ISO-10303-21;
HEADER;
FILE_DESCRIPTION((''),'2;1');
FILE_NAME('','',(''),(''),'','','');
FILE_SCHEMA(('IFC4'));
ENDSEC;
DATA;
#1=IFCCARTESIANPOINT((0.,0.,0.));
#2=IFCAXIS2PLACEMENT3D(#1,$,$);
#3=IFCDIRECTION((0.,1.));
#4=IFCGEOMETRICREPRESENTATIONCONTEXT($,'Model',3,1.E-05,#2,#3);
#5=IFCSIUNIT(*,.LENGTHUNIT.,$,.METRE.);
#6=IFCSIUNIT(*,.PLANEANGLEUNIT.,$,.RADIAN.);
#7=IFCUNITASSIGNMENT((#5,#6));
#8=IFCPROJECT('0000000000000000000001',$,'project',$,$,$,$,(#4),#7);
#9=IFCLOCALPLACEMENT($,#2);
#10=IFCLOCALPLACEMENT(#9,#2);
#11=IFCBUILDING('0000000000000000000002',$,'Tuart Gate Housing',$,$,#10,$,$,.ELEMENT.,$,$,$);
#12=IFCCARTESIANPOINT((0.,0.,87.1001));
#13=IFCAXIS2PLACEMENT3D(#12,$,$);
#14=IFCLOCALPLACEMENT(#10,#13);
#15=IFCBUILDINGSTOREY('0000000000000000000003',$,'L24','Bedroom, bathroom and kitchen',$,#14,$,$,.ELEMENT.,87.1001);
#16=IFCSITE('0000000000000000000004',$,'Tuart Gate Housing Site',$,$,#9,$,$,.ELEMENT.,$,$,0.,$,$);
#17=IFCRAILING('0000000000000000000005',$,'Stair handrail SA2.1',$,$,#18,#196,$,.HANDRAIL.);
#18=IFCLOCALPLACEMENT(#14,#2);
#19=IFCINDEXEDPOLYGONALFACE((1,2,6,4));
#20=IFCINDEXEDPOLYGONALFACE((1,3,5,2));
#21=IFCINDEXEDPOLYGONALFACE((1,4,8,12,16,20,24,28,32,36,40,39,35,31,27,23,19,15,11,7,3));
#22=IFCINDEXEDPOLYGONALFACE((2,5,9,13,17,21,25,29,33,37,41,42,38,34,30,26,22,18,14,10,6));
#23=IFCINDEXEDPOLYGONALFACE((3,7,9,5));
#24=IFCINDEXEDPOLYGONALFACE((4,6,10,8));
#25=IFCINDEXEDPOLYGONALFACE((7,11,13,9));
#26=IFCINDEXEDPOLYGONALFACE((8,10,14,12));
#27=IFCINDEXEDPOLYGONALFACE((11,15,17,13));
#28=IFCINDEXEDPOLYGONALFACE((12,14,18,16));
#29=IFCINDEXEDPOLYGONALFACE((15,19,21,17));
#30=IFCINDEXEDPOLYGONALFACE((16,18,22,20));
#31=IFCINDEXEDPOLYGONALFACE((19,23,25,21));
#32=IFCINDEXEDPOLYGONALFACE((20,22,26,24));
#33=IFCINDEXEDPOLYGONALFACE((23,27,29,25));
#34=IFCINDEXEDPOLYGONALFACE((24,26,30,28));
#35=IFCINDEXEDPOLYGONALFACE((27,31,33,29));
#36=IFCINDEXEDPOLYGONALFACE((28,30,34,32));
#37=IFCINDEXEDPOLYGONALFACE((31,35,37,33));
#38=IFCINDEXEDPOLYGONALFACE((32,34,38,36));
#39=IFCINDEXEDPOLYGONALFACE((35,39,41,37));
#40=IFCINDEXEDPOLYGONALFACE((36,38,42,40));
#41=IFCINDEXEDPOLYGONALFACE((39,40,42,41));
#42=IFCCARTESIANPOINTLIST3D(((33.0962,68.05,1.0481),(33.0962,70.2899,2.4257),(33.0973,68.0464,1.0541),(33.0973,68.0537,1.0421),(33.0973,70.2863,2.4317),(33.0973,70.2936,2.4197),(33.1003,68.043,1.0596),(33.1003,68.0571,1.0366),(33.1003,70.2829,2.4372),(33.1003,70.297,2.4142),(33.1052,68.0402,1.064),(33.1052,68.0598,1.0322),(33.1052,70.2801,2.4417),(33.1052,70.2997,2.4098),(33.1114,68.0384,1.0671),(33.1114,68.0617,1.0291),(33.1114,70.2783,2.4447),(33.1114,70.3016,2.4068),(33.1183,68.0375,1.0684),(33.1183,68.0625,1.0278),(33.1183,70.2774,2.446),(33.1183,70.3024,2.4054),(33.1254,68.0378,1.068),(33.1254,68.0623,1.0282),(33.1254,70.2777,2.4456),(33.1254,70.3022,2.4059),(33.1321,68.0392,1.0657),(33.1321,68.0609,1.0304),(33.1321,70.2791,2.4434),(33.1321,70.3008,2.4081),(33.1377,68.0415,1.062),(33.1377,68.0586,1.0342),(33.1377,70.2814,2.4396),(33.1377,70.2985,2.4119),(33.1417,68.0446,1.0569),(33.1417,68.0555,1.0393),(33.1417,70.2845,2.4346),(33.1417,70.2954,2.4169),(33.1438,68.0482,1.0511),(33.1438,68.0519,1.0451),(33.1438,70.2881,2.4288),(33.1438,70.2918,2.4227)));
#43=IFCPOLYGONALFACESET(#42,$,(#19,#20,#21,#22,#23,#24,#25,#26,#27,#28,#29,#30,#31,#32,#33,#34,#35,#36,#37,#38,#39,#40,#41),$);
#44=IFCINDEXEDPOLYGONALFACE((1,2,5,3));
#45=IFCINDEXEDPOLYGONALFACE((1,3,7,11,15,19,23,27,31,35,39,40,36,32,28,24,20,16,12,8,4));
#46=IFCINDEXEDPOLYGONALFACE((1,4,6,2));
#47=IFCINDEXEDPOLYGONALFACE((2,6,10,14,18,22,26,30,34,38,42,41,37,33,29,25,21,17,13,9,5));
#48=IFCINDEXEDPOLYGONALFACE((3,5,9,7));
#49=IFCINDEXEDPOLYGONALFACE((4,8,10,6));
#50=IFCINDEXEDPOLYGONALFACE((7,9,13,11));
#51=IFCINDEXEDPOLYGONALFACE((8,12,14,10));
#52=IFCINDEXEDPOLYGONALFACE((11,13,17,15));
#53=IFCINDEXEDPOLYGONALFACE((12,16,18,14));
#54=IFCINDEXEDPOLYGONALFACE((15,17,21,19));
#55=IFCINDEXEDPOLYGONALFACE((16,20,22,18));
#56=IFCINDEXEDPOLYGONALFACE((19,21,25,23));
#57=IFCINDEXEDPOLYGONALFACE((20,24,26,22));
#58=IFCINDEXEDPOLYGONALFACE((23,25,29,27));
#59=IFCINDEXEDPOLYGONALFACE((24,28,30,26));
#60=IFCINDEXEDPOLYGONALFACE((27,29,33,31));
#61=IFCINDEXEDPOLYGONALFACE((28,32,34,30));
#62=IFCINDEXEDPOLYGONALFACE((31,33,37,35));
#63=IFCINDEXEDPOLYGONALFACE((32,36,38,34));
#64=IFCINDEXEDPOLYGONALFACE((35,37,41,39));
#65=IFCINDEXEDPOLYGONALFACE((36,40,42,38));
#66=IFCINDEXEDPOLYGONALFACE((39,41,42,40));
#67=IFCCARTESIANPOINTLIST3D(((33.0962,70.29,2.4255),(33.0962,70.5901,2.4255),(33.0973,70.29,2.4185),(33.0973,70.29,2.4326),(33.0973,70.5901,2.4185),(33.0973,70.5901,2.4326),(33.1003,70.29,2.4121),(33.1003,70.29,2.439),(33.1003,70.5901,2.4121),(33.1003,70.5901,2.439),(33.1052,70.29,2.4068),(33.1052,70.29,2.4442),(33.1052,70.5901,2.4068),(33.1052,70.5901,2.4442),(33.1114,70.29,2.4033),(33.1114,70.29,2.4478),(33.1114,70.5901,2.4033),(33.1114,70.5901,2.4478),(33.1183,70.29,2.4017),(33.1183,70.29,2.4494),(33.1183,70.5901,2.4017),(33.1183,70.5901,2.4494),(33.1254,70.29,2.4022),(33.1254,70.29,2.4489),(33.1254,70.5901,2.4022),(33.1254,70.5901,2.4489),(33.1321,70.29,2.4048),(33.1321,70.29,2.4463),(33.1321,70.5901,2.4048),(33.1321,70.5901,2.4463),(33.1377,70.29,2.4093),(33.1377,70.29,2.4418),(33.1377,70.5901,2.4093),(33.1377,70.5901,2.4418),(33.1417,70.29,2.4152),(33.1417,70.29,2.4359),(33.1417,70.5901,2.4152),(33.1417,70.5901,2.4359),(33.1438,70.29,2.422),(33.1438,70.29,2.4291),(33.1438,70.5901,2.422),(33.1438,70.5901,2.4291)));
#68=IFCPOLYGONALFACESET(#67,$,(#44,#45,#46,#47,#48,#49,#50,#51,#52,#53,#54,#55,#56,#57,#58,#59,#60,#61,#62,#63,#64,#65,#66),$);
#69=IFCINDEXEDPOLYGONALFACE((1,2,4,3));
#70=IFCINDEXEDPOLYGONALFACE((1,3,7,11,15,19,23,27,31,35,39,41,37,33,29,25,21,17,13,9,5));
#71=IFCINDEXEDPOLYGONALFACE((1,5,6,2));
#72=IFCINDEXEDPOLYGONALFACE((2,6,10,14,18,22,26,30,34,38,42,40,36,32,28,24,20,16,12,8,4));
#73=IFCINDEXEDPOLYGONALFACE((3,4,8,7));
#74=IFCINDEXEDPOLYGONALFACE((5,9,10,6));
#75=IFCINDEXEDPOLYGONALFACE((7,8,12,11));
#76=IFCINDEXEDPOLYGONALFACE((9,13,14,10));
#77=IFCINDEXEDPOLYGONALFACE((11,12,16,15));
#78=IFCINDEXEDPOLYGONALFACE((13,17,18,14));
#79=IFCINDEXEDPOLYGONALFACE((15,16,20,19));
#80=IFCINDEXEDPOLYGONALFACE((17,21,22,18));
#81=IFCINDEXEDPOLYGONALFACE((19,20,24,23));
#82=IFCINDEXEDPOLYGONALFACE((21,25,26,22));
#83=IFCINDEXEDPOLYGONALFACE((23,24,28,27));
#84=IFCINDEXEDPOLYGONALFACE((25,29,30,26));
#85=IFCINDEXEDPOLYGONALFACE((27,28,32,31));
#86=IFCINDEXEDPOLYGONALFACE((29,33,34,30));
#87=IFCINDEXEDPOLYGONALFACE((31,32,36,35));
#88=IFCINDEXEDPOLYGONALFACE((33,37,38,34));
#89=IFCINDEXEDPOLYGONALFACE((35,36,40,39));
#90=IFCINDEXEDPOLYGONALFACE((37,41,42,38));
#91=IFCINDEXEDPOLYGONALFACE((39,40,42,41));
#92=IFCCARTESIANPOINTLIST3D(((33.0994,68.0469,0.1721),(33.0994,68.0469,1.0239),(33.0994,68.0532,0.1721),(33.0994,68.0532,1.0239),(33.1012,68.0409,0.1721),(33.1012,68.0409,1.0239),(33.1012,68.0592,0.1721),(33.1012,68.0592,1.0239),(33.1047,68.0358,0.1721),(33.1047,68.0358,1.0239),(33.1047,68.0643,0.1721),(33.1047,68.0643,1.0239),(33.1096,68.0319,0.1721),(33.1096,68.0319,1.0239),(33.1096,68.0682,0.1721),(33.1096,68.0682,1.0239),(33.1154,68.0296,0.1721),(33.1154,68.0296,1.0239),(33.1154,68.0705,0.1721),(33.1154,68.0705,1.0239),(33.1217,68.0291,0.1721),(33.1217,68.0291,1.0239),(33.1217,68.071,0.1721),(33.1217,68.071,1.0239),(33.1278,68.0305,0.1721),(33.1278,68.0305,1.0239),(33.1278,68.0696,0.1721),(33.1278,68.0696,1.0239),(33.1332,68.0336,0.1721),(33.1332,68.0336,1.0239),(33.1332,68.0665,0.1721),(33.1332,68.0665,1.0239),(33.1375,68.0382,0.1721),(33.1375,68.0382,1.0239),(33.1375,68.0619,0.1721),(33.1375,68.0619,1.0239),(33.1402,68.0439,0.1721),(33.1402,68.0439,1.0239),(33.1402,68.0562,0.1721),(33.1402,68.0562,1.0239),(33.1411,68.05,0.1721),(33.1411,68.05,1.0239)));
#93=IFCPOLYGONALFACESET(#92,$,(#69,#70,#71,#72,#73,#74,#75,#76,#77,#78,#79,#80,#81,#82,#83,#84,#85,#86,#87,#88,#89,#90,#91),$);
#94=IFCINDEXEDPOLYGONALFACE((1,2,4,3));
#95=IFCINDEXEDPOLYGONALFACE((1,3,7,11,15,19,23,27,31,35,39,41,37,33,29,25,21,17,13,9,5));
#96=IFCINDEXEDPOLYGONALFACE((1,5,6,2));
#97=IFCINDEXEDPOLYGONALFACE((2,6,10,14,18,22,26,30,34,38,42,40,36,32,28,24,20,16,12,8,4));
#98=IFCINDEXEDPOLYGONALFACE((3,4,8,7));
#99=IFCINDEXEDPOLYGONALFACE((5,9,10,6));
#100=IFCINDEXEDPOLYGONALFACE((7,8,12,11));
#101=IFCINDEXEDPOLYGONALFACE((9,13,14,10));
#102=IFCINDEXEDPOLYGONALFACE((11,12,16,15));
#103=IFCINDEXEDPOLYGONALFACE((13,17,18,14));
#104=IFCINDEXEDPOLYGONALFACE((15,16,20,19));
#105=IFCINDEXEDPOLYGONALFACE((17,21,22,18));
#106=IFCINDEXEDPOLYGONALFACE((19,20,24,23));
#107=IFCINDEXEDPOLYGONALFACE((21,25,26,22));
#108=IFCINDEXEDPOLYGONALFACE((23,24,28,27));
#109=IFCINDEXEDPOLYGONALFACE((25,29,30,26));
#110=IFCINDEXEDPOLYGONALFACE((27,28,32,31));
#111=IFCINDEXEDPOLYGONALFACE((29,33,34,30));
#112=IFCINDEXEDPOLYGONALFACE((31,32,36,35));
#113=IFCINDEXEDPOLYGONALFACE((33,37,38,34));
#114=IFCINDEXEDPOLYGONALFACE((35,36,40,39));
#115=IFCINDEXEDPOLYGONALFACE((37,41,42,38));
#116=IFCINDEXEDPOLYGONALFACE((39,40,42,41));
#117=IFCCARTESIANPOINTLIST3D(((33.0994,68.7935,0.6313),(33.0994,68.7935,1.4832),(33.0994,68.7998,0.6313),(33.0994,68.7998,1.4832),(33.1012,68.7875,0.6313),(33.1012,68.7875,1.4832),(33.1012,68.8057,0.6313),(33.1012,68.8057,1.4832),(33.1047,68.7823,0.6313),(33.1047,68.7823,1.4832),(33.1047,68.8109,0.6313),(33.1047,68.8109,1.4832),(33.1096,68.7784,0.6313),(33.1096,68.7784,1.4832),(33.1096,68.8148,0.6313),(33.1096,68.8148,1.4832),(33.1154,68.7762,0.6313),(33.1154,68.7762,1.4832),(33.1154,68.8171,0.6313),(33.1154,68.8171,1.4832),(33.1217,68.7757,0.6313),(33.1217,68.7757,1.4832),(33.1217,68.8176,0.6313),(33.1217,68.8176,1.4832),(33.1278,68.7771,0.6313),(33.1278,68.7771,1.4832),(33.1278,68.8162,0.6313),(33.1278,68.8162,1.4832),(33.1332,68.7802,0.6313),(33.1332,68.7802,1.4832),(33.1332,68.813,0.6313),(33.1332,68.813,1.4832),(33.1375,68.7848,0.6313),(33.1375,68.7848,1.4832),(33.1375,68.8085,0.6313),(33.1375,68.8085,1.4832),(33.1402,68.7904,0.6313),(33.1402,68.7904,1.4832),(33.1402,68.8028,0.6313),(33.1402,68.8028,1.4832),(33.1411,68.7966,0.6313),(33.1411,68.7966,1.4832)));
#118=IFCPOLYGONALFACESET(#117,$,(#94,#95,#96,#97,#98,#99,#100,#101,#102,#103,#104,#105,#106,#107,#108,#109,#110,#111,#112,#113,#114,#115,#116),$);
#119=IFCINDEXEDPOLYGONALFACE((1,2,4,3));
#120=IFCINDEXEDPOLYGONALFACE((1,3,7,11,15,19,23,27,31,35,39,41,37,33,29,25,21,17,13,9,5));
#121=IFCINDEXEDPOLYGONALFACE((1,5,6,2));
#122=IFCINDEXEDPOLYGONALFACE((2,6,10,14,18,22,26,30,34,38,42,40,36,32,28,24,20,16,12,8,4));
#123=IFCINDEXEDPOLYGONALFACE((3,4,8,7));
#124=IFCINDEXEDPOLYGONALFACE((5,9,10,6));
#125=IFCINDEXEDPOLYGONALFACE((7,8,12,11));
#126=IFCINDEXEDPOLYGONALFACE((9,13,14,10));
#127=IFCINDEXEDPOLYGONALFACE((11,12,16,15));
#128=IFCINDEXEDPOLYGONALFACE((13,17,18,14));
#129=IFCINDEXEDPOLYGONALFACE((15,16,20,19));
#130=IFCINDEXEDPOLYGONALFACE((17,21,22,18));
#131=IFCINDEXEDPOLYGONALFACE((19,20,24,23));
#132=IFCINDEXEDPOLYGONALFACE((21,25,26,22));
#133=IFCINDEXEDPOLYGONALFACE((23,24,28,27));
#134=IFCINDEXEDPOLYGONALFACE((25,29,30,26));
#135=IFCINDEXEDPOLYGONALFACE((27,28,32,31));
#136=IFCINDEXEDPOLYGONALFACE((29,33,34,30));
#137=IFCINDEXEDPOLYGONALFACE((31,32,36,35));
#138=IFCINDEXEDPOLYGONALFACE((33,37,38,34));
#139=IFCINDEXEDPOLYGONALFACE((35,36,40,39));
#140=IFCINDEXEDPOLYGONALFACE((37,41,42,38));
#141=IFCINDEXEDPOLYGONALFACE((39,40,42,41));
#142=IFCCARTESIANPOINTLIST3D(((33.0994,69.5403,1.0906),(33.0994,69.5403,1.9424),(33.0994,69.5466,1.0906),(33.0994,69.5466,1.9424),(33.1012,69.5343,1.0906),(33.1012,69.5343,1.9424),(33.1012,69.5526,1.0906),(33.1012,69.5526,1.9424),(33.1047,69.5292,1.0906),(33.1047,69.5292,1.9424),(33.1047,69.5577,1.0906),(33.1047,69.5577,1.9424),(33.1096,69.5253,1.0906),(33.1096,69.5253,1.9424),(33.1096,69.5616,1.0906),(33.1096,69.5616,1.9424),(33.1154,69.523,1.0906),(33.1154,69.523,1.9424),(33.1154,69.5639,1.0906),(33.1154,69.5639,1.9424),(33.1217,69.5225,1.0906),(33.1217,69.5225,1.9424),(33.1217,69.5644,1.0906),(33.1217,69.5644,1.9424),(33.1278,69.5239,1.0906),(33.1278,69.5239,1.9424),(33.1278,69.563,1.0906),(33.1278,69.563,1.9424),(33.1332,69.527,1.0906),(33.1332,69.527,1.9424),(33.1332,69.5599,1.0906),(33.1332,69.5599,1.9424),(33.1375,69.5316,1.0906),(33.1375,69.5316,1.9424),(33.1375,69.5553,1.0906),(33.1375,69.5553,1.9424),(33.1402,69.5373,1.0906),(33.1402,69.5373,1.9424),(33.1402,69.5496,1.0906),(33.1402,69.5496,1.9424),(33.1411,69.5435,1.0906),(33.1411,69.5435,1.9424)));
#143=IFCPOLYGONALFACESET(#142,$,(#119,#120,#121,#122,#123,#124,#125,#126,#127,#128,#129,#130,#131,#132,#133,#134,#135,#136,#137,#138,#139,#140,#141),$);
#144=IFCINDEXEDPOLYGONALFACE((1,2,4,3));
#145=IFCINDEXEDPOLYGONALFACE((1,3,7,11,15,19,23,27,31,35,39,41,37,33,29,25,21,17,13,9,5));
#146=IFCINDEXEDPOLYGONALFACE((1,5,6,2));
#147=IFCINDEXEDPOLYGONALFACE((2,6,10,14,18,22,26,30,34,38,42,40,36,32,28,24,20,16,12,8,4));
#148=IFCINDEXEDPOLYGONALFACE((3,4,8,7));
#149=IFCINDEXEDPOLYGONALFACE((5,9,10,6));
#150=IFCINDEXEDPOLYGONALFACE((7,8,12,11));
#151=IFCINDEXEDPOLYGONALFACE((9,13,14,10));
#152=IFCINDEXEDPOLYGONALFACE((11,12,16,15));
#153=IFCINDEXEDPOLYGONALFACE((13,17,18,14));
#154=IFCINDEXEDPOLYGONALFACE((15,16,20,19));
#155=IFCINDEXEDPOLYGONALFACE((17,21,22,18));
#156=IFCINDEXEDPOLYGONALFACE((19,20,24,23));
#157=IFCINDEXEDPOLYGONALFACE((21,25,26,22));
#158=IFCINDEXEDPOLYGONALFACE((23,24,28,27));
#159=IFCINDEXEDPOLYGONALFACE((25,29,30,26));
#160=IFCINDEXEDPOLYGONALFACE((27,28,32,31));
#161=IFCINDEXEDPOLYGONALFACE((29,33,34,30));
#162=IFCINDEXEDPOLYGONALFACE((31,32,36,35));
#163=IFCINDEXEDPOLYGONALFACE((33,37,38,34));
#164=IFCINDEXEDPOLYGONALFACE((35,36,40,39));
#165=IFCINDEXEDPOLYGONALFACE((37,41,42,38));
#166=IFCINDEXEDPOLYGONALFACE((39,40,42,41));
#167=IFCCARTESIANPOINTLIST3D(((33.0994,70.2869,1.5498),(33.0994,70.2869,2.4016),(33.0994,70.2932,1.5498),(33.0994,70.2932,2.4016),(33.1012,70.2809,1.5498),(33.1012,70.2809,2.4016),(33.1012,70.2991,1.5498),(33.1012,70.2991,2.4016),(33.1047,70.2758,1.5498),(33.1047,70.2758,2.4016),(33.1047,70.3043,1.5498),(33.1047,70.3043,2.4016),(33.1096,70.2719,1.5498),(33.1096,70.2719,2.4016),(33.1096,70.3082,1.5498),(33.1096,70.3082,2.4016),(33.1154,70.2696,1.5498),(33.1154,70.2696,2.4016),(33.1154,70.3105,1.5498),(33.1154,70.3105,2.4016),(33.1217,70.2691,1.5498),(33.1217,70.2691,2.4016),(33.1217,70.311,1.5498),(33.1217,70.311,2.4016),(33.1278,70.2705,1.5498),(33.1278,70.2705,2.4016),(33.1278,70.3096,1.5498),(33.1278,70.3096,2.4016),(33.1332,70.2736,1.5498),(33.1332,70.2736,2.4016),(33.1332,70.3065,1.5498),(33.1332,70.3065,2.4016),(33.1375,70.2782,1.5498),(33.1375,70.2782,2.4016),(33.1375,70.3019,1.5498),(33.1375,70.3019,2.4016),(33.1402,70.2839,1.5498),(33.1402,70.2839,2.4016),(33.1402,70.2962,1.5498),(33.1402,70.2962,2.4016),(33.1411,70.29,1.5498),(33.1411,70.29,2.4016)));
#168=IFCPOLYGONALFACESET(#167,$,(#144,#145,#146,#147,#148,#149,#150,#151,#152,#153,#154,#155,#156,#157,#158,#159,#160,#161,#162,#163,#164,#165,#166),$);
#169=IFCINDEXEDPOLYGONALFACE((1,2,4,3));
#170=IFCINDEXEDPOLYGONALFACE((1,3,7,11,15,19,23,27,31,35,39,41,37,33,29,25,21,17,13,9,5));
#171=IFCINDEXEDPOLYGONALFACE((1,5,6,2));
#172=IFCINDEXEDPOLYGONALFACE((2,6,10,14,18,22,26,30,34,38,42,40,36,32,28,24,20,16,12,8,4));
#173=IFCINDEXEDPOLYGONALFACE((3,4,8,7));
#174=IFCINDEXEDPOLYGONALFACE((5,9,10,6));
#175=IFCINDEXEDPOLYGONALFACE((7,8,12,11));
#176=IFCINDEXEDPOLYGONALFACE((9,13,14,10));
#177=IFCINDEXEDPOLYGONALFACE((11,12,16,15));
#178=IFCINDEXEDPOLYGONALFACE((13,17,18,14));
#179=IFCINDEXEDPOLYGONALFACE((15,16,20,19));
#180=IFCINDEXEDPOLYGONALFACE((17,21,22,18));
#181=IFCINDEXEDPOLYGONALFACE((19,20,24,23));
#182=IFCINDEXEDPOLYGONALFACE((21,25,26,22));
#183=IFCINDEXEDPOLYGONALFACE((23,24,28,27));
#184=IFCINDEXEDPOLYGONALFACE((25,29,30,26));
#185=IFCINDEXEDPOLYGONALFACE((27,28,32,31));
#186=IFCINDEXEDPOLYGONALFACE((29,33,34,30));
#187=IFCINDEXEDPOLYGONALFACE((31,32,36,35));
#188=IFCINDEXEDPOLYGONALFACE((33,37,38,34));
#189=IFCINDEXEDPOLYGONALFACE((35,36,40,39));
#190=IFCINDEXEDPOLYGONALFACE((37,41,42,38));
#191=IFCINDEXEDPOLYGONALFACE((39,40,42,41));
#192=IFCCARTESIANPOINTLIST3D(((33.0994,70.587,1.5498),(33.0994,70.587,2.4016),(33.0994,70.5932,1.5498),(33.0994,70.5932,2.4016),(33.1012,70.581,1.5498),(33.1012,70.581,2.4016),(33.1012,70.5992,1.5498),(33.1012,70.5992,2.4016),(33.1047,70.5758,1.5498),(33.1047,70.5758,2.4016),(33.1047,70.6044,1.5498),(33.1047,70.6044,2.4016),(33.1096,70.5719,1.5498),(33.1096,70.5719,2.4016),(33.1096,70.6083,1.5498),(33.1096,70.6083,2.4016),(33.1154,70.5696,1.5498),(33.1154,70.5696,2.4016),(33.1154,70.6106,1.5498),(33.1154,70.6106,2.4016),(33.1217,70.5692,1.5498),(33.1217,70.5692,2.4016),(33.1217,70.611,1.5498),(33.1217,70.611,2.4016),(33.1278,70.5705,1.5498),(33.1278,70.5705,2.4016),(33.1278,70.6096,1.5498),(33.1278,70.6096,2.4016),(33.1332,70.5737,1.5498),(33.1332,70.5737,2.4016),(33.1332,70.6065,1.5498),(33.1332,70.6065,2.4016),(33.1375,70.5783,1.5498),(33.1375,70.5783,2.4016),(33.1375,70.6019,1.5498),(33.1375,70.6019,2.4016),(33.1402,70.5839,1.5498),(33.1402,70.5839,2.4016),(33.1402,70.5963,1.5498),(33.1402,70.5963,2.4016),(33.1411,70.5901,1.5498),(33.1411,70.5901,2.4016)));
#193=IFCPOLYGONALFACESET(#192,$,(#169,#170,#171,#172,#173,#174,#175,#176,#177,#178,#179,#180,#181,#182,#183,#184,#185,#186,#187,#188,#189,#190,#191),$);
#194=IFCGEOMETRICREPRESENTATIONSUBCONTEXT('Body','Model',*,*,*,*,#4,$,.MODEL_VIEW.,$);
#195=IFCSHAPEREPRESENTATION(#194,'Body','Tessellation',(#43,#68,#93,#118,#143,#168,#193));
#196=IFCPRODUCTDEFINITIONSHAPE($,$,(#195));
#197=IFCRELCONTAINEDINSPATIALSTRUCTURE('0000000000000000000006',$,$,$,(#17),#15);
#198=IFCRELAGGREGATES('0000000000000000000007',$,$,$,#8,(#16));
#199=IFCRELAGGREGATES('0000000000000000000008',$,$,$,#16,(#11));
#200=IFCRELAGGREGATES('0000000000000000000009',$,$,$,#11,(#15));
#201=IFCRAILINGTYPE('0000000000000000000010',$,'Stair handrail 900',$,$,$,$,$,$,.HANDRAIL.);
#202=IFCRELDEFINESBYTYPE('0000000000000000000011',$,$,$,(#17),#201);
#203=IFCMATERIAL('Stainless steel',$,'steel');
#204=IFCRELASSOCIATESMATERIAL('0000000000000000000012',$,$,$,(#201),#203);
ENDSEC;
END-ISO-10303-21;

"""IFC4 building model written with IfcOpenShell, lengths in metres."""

from ifc_helpers import new_model, si_unit, direction, frame, origin, origin_2d, place, context, subcontext, project, spatial, circle, extrude, material, type_object, element, save


model = new_model("IFC4")

# Units and contexts
model_context = context("Model", 3, precision=1e-05, world=origin(), true_north=direction((0.0, 1.0)))
body_context = subcontext(model_context, "Body", "Model", "MODEL_VIEW")
ifc_project = project(units=[si_unit("LENGTHUNIT", "METRE"), si_unit("PLANEANGLEUNIT", "RADIAN")], contexts=[model_context])

# Site, building, storey
site_placement = place(None, origin())
site = spatial("IfcSite", under=ifc_project, at=site_placement, Name="Tuart Gate Housing Site", CompositionType="ELEMENT", RefElevation=0.0)
building_placement = place(site_placement, origin())
building = spatial("IfcBuilding", under=site, at=building_placement, Name="Tuart Gate Housing", CompositionType="ELEMENT")
storey_placement = place(building_placement, frame((0.0, 0.0, 87.1001)))
storey = spatial("IfcBuildingStorey", under=building, at=storey_placement, Name="L24", Description="Bedroom, bathroom and kitchen", CompositionType="ELEMENT", Elevation=87.1001)

# Railing
ifc_material_1 = material(Name="Stainless steel", Category="steel")
railing_type = type_object("IfcRailingType", Name="Stair handrail 900", PredefinedType="HANDRAIL", material=ifc_material_1)
railing_placement = place(storey_placement, frame((33.1201, 68.05, 0.1721)))
element("IfcRailing", 1, at=railing_placement, inside=storey, type_object=railing_type, Name="Stair handrail SA2.1", PredefinedType="HANDRAIL", context=body_context, shape_type="SweptSolid", body=[
    extrude(circle(Radius=0.0239, at=origin_2d()), frame((0.0, 0.0, 0.876), z_axis=(0.0, 0.851789, 0.523885), x_axis=(-1.0, 0.0, 0.0)), (0.0, 0.0, 1.0), 2.6296),
    extrude(circle(Radius=0.0239, at=origin_2d()), frame((0.0, 2.24, 2.2534), z_axis=(0.0, 1.0, 0.0), x_axis=(-1.0, 0.0, 0.0)), (0.0, 0.0, 1.0), 0.3),
    extrude(circle(Radius=0.021, at=origin_2d()), origin(), (0.0, 0.0, 1.0), 0.8518),
    extrude(circle(Radius=0.021, at=origin_2d()), frame((0.0, 0.7466, 0.4592)), (0.0, 0.0, 1.0), 0.8518),
    extrude(circle(Radius=0.021, at=origin_2d()), frame((0.0, 1.4934, 0.9185)), (0.0, 0.0, 1.0), 0.8518),
    extrude(circle(Radius=0.021, at=origin_2d()), frame((0.0, 2.24, 1.3777)), (0.0, 0.0, 1.0), 0.8518),
    extrude(circle(Radius=0.021, at=origin_2d()), frame((0.0, 2.54, 1.3777)), (0.0, 0.0, 1.0), 0.8518),
])

save(model, "model.ifc")
